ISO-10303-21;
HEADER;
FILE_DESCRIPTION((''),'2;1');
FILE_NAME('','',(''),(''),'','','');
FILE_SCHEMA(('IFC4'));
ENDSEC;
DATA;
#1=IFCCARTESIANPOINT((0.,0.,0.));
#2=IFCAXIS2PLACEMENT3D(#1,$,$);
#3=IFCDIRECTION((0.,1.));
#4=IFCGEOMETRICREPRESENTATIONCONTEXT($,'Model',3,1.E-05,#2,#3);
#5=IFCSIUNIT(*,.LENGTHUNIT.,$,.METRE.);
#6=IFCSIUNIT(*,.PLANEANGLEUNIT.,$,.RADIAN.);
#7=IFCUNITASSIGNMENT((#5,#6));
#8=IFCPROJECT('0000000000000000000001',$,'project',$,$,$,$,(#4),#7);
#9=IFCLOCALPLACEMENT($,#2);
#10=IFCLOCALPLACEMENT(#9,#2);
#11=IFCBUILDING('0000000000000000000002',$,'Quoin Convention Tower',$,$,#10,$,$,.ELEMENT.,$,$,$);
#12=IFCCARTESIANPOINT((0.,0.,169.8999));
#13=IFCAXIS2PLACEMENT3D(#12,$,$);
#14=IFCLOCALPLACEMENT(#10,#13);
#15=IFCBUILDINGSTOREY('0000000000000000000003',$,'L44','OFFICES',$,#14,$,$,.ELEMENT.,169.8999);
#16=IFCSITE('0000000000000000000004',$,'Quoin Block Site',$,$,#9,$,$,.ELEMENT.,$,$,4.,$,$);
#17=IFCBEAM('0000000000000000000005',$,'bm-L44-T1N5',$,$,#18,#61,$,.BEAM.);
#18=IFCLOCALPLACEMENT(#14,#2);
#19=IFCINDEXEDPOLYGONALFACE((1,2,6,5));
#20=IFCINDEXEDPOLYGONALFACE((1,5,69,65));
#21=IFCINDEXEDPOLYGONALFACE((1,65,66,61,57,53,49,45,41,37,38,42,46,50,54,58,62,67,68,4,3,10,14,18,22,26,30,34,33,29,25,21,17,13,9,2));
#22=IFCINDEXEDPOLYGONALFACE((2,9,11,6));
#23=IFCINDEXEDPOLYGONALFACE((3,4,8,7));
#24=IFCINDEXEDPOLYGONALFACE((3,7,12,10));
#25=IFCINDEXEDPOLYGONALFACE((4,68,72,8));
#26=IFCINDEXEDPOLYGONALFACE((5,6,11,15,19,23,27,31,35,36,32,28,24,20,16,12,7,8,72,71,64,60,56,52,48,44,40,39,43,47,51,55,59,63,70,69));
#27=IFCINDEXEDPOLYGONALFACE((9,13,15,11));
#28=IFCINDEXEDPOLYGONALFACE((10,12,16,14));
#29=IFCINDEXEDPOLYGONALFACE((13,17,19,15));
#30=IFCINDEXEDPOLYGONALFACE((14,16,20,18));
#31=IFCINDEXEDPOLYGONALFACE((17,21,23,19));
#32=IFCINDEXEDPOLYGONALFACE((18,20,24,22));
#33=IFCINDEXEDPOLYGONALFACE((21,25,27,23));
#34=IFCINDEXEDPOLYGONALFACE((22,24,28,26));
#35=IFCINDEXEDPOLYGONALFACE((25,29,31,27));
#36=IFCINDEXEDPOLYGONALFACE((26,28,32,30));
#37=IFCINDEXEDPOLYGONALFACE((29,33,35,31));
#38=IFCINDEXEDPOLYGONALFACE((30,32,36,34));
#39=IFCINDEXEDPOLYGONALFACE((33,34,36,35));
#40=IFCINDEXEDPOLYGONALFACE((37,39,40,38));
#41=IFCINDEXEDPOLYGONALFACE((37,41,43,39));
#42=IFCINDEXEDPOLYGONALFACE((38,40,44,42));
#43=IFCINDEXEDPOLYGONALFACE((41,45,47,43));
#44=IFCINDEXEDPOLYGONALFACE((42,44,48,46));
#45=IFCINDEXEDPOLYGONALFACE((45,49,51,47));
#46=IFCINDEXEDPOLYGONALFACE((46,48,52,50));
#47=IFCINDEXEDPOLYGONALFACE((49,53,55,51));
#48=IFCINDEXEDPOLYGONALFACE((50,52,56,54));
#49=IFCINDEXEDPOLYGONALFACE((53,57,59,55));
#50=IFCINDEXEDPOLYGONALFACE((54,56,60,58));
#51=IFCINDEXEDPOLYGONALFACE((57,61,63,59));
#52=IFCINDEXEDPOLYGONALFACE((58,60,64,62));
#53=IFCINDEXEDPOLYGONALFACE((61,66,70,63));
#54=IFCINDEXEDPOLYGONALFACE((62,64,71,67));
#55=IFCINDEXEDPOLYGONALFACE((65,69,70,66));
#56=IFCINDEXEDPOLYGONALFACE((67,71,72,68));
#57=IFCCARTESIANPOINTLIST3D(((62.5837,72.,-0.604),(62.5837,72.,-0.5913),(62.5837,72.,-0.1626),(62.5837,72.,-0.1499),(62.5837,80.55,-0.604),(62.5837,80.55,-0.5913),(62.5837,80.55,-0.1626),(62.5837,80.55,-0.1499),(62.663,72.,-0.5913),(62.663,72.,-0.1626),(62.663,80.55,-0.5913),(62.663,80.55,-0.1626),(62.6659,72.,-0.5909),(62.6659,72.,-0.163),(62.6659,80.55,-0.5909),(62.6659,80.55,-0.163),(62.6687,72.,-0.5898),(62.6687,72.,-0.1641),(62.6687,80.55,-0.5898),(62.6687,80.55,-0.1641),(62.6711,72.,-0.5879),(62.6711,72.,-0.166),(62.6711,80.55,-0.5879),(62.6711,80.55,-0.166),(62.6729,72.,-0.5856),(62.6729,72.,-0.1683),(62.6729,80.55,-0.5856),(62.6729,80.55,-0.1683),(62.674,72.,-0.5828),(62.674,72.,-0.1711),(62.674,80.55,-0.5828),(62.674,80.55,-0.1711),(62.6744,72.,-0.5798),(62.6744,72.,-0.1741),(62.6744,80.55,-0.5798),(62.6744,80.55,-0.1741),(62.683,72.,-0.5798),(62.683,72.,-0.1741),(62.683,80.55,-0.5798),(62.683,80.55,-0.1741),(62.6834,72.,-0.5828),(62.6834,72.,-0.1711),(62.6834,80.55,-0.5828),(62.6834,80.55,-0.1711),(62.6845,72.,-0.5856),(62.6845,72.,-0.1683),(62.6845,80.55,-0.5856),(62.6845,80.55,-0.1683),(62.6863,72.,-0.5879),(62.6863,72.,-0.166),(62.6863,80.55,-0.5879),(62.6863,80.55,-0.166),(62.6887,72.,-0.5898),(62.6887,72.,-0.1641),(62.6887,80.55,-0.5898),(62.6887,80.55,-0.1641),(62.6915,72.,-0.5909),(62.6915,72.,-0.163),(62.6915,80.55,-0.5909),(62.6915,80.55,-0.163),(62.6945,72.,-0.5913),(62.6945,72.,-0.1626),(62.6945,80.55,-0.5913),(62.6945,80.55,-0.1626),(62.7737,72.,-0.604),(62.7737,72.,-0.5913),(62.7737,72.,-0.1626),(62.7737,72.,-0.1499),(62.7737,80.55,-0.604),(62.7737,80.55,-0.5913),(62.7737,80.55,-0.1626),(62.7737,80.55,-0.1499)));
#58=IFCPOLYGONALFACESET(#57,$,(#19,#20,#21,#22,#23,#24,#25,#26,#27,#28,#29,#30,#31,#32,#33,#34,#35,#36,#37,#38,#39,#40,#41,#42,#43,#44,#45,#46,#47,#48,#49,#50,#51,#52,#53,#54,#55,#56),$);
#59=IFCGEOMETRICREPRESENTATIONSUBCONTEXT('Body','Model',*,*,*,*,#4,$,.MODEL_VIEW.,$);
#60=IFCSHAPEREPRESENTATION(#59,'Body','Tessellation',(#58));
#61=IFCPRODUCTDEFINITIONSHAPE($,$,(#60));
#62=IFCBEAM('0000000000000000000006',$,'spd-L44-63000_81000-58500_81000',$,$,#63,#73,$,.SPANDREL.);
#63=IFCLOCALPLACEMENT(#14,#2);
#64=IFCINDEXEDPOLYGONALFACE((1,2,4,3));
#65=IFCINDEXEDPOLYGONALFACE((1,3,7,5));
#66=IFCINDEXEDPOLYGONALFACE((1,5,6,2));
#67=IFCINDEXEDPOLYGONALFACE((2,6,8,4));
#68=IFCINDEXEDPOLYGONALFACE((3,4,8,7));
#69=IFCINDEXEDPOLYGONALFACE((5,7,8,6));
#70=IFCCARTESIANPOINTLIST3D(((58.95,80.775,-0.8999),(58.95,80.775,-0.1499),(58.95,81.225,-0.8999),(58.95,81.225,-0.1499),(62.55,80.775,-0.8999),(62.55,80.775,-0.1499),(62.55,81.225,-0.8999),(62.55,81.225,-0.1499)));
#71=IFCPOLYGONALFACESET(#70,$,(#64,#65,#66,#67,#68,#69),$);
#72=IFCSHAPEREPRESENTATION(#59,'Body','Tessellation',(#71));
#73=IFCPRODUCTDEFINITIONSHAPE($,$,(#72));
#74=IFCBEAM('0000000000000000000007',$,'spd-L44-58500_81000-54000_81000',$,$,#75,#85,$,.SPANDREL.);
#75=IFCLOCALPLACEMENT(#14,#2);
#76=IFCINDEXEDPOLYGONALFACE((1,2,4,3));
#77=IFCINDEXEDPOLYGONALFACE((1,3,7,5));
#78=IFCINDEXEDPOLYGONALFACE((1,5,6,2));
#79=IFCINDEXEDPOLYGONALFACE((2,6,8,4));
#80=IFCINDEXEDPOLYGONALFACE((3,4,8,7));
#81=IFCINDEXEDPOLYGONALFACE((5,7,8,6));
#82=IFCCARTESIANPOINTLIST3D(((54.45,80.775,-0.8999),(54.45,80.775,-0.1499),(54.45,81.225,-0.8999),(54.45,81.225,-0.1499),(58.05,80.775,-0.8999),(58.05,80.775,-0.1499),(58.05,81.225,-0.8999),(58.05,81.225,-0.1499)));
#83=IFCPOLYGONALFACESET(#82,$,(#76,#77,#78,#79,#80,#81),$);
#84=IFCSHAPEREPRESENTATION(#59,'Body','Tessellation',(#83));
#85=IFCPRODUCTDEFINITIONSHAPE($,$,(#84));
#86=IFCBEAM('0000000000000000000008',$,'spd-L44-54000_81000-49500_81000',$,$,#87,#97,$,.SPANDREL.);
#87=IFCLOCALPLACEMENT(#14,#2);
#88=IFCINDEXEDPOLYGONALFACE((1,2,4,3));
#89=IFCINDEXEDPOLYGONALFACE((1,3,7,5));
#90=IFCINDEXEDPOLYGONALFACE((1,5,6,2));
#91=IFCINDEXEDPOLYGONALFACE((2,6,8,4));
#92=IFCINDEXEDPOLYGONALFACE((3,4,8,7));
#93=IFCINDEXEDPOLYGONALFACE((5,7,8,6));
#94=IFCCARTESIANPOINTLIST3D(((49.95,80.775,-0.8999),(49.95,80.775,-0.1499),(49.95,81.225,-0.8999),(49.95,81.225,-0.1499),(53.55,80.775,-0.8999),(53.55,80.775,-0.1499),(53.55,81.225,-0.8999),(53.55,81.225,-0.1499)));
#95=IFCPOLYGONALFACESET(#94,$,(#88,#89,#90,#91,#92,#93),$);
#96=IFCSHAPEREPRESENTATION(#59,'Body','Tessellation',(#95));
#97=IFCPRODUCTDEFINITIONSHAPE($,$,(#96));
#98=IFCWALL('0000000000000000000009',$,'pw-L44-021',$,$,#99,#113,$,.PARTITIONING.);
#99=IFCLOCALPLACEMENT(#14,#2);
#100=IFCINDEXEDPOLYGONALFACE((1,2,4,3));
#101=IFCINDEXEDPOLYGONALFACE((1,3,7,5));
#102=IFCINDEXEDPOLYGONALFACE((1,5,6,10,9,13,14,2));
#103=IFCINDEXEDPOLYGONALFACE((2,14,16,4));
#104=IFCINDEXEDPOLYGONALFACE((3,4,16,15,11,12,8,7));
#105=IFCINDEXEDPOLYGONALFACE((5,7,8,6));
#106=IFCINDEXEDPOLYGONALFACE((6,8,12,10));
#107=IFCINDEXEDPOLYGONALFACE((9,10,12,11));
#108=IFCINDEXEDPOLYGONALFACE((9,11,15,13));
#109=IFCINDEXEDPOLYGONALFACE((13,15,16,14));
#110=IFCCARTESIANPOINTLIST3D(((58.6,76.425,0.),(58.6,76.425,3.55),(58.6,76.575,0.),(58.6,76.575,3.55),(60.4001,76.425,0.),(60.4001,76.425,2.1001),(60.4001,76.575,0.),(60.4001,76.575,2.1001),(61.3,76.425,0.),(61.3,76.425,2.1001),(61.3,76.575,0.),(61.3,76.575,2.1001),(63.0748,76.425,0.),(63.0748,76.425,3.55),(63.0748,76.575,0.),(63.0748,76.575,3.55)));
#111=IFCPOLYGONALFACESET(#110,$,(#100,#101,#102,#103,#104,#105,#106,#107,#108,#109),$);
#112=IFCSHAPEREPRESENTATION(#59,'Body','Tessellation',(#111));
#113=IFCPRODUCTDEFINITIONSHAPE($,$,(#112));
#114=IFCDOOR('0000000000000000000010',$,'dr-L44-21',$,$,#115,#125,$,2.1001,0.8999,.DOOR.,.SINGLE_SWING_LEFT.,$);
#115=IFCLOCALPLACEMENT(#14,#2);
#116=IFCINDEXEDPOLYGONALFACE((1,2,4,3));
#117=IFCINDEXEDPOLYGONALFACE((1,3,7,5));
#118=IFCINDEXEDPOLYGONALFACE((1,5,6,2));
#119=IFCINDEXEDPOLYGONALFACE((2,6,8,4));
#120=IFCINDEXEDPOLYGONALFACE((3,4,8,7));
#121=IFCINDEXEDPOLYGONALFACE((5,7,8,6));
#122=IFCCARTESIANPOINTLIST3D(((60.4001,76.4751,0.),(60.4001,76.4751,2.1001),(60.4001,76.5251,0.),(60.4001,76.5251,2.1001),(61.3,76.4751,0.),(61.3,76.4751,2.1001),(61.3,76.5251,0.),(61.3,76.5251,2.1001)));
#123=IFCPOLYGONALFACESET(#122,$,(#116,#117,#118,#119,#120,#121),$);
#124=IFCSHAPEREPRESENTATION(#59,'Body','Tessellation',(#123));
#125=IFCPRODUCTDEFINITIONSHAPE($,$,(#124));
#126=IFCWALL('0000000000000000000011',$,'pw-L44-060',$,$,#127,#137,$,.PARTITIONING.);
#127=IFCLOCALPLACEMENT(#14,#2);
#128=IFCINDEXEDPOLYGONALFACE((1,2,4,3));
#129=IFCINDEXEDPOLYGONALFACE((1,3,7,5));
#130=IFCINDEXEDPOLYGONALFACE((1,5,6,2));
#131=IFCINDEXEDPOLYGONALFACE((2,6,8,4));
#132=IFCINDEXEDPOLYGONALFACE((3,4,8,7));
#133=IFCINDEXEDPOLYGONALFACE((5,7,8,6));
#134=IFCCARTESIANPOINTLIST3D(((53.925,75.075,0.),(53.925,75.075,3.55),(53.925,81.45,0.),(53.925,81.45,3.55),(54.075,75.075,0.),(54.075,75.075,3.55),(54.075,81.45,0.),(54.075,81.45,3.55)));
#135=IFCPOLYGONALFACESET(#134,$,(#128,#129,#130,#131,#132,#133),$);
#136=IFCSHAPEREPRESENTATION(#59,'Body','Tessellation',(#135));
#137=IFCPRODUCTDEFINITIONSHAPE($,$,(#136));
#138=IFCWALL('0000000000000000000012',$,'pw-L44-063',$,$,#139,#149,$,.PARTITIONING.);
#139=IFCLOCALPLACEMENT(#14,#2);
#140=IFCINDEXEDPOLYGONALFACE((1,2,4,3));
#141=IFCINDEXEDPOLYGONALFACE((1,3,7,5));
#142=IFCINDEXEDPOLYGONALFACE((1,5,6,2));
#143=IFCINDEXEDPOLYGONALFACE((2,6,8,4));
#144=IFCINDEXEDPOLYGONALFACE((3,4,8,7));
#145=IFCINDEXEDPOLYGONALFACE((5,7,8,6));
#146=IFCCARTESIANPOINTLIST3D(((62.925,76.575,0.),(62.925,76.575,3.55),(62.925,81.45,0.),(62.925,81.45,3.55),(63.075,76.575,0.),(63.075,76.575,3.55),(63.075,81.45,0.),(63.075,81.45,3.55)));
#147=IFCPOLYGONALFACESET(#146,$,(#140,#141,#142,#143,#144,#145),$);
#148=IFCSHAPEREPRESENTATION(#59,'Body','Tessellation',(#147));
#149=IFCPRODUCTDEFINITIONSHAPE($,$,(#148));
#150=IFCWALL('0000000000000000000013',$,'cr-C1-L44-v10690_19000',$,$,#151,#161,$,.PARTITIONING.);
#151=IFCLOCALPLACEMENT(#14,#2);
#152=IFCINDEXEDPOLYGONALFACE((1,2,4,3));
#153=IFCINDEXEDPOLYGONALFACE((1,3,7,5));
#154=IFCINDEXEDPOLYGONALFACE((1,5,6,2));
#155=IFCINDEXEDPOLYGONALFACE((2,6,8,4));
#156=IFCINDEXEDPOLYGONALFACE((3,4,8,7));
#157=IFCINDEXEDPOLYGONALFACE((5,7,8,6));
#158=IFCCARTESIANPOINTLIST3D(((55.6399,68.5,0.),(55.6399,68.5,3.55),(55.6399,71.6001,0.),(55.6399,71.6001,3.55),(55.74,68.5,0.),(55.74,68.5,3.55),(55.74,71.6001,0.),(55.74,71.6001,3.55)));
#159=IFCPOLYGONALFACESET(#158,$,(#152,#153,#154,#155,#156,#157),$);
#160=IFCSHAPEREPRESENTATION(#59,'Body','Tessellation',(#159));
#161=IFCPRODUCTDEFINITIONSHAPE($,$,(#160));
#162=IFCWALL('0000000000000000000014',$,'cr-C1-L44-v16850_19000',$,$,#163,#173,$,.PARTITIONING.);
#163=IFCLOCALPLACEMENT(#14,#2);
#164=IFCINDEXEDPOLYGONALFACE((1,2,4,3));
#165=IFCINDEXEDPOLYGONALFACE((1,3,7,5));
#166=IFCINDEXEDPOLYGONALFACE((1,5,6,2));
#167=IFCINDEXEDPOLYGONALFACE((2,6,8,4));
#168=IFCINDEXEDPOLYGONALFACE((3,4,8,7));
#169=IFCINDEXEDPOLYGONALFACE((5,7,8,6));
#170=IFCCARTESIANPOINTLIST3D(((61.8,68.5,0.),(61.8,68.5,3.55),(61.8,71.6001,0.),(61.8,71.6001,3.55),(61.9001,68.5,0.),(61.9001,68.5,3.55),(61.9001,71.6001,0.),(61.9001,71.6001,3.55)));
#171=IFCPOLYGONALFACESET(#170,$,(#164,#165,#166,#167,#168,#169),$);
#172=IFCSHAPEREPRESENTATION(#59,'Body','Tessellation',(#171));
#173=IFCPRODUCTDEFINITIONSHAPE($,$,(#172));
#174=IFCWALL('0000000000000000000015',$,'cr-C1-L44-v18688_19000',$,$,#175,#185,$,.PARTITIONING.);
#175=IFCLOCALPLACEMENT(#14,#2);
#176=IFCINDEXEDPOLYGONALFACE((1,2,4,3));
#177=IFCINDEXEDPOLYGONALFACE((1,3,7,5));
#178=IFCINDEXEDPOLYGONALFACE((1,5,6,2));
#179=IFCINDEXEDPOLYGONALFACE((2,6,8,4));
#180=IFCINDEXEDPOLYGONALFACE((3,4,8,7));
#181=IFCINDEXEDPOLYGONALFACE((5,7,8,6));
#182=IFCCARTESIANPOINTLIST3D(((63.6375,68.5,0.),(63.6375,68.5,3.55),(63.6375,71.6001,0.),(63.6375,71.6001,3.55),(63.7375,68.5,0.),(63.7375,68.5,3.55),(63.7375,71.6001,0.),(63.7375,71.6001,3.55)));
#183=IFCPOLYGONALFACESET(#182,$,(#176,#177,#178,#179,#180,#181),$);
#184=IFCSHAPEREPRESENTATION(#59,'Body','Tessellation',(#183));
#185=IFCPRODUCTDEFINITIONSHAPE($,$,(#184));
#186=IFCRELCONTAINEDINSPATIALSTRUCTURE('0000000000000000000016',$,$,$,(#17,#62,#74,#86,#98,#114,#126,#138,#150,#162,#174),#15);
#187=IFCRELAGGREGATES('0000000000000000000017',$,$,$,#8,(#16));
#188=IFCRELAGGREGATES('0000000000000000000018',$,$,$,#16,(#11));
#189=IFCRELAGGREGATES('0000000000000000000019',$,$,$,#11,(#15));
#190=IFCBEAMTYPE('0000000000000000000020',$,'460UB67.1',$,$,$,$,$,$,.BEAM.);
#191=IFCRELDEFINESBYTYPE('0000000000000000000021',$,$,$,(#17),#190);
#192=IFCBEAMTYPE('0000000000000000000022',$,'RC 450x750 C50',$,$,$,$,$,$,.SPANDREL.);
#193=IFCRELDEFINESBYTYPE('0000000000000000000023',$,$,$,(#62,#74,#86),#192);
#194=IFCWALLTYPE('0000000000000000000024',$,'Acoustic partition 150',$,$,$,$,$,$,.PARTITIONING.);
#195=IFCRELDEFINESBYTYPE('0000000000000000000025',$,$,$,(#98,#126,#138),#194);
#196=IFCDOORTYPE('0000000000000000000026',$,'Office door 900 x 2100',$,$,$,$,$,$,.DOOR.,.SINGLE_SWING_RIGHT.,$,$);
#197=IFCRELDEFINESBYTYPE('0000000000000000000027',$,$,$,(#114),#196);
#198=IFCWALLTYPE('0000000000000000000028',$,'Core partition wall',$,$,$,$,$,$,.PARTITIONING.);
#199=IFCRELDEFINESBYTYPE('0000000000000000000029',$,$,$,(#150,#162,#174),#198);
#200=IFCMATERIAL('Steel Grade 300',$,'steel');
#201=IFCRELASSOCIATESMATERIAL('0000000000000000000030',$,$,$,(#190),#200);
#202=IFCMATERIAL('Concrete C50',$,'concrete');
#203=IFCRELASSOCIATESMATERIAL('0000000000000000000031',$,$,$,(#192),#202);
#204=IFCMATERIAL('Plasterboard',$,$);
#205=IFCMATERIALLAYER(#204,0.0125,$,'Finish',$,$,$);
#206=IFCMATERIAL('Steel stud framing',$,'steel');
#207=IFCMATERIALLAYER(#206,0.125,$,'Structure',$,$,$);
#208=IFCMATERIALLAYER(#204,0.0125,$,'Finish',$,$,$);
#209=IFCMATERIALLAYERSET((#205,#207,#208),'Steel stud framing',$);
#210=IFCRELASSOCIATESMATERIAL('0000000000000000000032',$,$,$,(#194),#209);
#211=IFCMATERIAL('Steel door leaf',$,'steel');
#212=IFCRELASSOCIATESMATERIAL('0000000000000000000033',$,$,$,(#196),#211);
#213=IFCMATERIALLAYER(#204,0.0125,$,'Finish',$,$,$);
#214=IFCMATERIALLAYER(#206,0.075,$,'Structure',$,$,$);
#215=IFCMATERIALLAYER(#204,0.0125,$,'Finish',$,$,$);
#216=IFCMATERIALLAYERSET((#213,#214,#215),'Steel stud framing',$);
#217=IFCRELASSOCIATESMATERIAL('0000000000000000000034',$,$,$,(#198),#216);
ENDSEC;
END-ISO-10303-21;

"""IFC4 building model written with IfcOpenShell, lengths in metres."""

from ifc_helpers import new_model, si_unit, direction, frame, frame_2d, origin, origin_2d, place, context, subcontext, project, spatial, rectangle, i_section, extrude, material, layer, layer_set, material_profile, profile_set, type_object, element, fill, save


model = new_model("IFC4")

# Units and contexts
model_context = context("Model", 3, precision=1e-05, world=origin(), true_north=direction((0.0, 1.0)))
body_context = subcontext(model_context, "Body", "Model", "MODEL_VIEW")
ifc_project = project(units=[si_unit("LENGTHUNIT", "METRE"), si_unit("PLANEANGLEUNIT", "RADIAN")], contexts=[model_context])

# Site, building, storey
site_placement = place(None, origin())
site = spatial("IfcSite", under=ifc_project, at=site_placement, Name="Quoin Block Site", CompositionType="ELEMENT", RefElevation=4.0)
building_placement = place(site_placement, origin())
building = spatial("IfcBuilding", under=site, at=building_placement, Name="Quoin Convention Tower", CompositionType="ELEMENT")
storey_placement = place(building_placement, frame((0.0, 0.0, 169.8999)))
storey = spatial("IfcBuildingStorey", under=building, at=storey_placement, Name="L44", Description="OFFICES", CompositionType="ELEMENT", Elevation=169.8999)

# Shared definitions
ifc_material_1 = material(Name="Concrete C50", Category="concrete")

# Beams
ifc_material_2 = material(Name="Steel Grade 300", Category="steel")
ifc_material_profile_1 = material_profile(ifc_material_2, i_section(OverallWidth=0.1899, OverallDepth=0.4541, WebThickness=0.0085, FlangeThickness=0.0127, FilletRadius=0.0115, at=origin_2d()), Name="460UB67.1")
ifc_profile_set_1 = profile_set([ifc_material_profile_1], Name="Steel Grade 300")
beam_type_1 = type_object("IfcBeamType", Name="460UB67.1", PredefinedType="BEAM", material=ifc_profile_set_1)
beam_placement = place(storey_placement, frame((62.6787, 72.0, -0.377), z_axis=(0.0, 1.0, 0.0), x_axis=(-1.0, 0.0, 0.0)))
element("IfcBeam", 1, at=beam_placement, inside=storey, type_object=beam_type_1, Name="bm-L44-T1N5", PredefinedType="BEAM", context=body_context, shape_type="SweptSolid", body=[
    extrude(i_section(OverallWidth=0.1899, OverallDepth=0.4541, WebThickness=0.0085, FlangeThickness=0.0127, FilletRadius=0.0115, at=origin_2d()), origin(), (0.0, 0.0, 1.0), 8.55),
])
ifc_material_profile_2 = material_profile(ifc_material_1, rectangle(XDim=0.45, YDim=0.75, at=origin_2d()), Name="RC 450x750")
ifc_profile_set_2 = profile_set([ifc_material_profile_2], Name="Concrete C50")
beam_type_2 = type_object("IfcBeamType", Name="RC 450x750 C50", PredefinedType="SPANDREL", material=ifc_profile_set_2)
for number, where, z_axis, x_axis, name in (
    (2, (62.55, 81.0, -0.5249), (-1.0, 0.0, 0.0), (0.0, -1.0, 0.0), "spd-L44-63000_81000-58500_81000"),
    (3, (58.05, 81.0, -0.5249), (-1.0, 0.0, 0.0), (0.0, -1.0, 0.0), "spd-L44-58500_81000-54000_81000"),
    (4, (53.55, 81.0, -0.5249), (-1.0, 0.0, 0.0), (0.0, -1.0, 0.0), "spd-L44-54000_81000-49500_81000"),
):
    element("IfcBeam", number, at=place(storey_placement, frame(where, z_axis=z_axis, x_axis=x_axis)), inside=storey, type_object=beam_type_2, Name=name, PredefinedType="SPANDREL", context=body_context, shape_type="SweptSolid", body=[
        extrude(rectangle(XDim=0.45, YDim=0.75, at=origin_2d()), origin(), (0.0, 0.0, 1.0), 3.6001),
    ])

# Wall, opening, door
ifc_material_3 = material(Name="Plasterboard")
ifc_layer_1 = layer(ifc_material_3, 0.0125, Name="Finish")
ifc_material_4 = material(Name="Steel stud framing", Category="steel")
ifc_layer_2 = layer(ifc_material_4, 0.125, Name="Structure")
ifc_layer_3 = layer(ifc_material_3, 0.0125, Name="Finish")
ifc_layer_set_1 = layer_set([ifc_layer_1, ifc_layer_2, ifc_layer_3], Name="Steel stud framing")
wall_type_1 = type_object("IfcWallType", Name="Acoustic partition 150", PredefinedType="PARTITIONING", material=ifc_layer_set_1)
wall_1_placement = place(storey_placement, frame((58.6001, 76.5, 0.0), z_axis=(0.0, 0.0, 1.0), x_axis=(1.0, 0.0, 0.0)))
wall_1 = element("IfcWall", 5, at=wall_1_placement, inside=storey, type_object=wall_type_1, Name="pw-L44-021", PredefinedType="PARTITIONING", context=body_context, shape_type="SweptSolid", body=[
    extrude(rectangle(XDim=4.4749, YDim=0.1499, at=frame_2d((2.2373, 0.0))), origin(), (0.0, 0.0, 1.0), 3.55),
])
opening_placement = place(wall_1_placement, frame((1.8, 0.0, 0.0)))
opening = element("IfcOpeningElement", 6, at=opening_placement, cuts=wall_1, PredefinedType="OPENING", context=body_context, shape_type="SweptSolid", body=[
    extrude(rectangle(XDim=0.8999, YDim=2.1001, at=frame_2d((0.45, 1.05))), frame((0.0, 0.085, 0.0), z_axis=(0.0, -1.0, 0.0), x_axis=(1.0, 0.0, 0.0)), (0.0, 0.0, 1.0), 0.1699),
])
ifc_material_5 = material(Name="Steel door leaf", Category="steel")
door_type = type_object("IfcDoorType", Name="Office door 900 x 2100", OperationType="SINGLE_SWING_RIGHT", PredefinedType="DOOR", material=ifc_material_5)
door_placement = place(opening_placement, frame((0.8999, 0.0, 0.0), z_axis=(0.0, 0.0, 1.0), x_axis=(-1.0, 0.0, 0.0)))
door = element("IfcDoor", 7, at=door_placement, inside=storey, type_object=door_type, Name="dr-L44-21", OperationType="SINGLE_SWING_LEFT", OverallHeight=2.1001, OverallWidth=0.8999, PredefinedType="DOOR", context=body_context, shape_type="SweptSolid", body=[
    extrude(rectangle(XDim=0.8999, YDim=2.1001, at=frame_2d((0.45, 1.05))), frame((0.0, 0.0249, 0.0), z_axis=(0.0, -1.0, 0.0), x_axis=(1.0, 0.0, 0.0)), (0.0, 0.0, 1.0), 0.05),
])
fill(opening, door)

# Walls
wall_2_placement = place(storey_placement, frame((54.0, 75.075, 0.0), z_axis=(0.0, 0.0, 1.0), x_axis=(0.0, 1.0, 0.0)))
element("IfcWall", 8, at=wall_2_placement, inside=storey, type_object=wall_type_1, Name="pw-L44-060", PredefinedType="PARTITIONING", context=body_context, shape_type="SweptSolid", body=[
    extrude(rectangle(XDim=6.375, YDim=0.1499, at=frame_2d((3.1875, 0.0))), origin(), (0.0, 0.0, 1.0), 3.55),
])
wall_3_placement = place(storey_placement, frame((63.0, 76.575, 0.0), z_axis=(0.0, 0.0, 1.0), x_axis=(0.0, 1.0, 0.0)))
element("IfcWall", 9, at=wall_3_placement, inside=storey, type_object=wall_type_1, Name="pw-L44-063", PredefinedType="PARTITIONING", context=body_context, shape_type="SweptSolid", body=[
    extrude(rectangle(XDim=4.875, YDim=0.1499, at=frame_2d((2.4375, 0.0))), origin(), (0.0, 0.0, 1.0), 3.55),
])
ifc_layer_4 = layer(ifc_material_3, 0.0125, Name="Finish")
ifc_layer_5 = layer(ifc_material_4, 0.075, Name="Structure")
ifc_layer_6 = layer(ifc_material_3, 0.0125, Name="Finish")
ifc_layer_set_2 = layer_set([ifc_layer_4, ifc_layer_5, ifc_layer_6], Name="Steel stud framing")
wall_type_2 = type_object("IfcWallType", Name="Core partition wall", PredefinedType="PARTITIONING", material=ifc_layer_set_2)
for number, where, z_axis, x_axis, name in (
    (10, (55.6899, 68.5, 0.0), (0.0, 0.0, 1.0), (0.0, 1.0, 0.0), "cr-C1-L44-v10690_19000"),
    (11, (61.8501, 68.5, 0.0), (0.0, 0.0, 1.0), (0.0, 1.0, 0.0), "cr-C1-L44-v16850_19000"),
    (12, (63.6875, 68.5, 0.0), (0.0, 0.0, 1.0), (0.0, 1.0, 0.0), "cr-C1-L44-v18688_19000"),
):
    element("IfcWall", number, at=place(storey_placement, frame(where, z_axis=z_axis, x_axis=x_axis)), inside=storey, type_object=wall_type_2, Name=name, PredefinedType="PARTITIONING", context=body_context, shape_type="SweptSolid", body=[
        extrude(rectangle(XDim=3.1001, YDim=0.1001, at=frame_2d((1.55, 0.0))), origin(), (0.0, 0.0, 1.0), 3.55),
    ])

save(model, "model.ifc")
